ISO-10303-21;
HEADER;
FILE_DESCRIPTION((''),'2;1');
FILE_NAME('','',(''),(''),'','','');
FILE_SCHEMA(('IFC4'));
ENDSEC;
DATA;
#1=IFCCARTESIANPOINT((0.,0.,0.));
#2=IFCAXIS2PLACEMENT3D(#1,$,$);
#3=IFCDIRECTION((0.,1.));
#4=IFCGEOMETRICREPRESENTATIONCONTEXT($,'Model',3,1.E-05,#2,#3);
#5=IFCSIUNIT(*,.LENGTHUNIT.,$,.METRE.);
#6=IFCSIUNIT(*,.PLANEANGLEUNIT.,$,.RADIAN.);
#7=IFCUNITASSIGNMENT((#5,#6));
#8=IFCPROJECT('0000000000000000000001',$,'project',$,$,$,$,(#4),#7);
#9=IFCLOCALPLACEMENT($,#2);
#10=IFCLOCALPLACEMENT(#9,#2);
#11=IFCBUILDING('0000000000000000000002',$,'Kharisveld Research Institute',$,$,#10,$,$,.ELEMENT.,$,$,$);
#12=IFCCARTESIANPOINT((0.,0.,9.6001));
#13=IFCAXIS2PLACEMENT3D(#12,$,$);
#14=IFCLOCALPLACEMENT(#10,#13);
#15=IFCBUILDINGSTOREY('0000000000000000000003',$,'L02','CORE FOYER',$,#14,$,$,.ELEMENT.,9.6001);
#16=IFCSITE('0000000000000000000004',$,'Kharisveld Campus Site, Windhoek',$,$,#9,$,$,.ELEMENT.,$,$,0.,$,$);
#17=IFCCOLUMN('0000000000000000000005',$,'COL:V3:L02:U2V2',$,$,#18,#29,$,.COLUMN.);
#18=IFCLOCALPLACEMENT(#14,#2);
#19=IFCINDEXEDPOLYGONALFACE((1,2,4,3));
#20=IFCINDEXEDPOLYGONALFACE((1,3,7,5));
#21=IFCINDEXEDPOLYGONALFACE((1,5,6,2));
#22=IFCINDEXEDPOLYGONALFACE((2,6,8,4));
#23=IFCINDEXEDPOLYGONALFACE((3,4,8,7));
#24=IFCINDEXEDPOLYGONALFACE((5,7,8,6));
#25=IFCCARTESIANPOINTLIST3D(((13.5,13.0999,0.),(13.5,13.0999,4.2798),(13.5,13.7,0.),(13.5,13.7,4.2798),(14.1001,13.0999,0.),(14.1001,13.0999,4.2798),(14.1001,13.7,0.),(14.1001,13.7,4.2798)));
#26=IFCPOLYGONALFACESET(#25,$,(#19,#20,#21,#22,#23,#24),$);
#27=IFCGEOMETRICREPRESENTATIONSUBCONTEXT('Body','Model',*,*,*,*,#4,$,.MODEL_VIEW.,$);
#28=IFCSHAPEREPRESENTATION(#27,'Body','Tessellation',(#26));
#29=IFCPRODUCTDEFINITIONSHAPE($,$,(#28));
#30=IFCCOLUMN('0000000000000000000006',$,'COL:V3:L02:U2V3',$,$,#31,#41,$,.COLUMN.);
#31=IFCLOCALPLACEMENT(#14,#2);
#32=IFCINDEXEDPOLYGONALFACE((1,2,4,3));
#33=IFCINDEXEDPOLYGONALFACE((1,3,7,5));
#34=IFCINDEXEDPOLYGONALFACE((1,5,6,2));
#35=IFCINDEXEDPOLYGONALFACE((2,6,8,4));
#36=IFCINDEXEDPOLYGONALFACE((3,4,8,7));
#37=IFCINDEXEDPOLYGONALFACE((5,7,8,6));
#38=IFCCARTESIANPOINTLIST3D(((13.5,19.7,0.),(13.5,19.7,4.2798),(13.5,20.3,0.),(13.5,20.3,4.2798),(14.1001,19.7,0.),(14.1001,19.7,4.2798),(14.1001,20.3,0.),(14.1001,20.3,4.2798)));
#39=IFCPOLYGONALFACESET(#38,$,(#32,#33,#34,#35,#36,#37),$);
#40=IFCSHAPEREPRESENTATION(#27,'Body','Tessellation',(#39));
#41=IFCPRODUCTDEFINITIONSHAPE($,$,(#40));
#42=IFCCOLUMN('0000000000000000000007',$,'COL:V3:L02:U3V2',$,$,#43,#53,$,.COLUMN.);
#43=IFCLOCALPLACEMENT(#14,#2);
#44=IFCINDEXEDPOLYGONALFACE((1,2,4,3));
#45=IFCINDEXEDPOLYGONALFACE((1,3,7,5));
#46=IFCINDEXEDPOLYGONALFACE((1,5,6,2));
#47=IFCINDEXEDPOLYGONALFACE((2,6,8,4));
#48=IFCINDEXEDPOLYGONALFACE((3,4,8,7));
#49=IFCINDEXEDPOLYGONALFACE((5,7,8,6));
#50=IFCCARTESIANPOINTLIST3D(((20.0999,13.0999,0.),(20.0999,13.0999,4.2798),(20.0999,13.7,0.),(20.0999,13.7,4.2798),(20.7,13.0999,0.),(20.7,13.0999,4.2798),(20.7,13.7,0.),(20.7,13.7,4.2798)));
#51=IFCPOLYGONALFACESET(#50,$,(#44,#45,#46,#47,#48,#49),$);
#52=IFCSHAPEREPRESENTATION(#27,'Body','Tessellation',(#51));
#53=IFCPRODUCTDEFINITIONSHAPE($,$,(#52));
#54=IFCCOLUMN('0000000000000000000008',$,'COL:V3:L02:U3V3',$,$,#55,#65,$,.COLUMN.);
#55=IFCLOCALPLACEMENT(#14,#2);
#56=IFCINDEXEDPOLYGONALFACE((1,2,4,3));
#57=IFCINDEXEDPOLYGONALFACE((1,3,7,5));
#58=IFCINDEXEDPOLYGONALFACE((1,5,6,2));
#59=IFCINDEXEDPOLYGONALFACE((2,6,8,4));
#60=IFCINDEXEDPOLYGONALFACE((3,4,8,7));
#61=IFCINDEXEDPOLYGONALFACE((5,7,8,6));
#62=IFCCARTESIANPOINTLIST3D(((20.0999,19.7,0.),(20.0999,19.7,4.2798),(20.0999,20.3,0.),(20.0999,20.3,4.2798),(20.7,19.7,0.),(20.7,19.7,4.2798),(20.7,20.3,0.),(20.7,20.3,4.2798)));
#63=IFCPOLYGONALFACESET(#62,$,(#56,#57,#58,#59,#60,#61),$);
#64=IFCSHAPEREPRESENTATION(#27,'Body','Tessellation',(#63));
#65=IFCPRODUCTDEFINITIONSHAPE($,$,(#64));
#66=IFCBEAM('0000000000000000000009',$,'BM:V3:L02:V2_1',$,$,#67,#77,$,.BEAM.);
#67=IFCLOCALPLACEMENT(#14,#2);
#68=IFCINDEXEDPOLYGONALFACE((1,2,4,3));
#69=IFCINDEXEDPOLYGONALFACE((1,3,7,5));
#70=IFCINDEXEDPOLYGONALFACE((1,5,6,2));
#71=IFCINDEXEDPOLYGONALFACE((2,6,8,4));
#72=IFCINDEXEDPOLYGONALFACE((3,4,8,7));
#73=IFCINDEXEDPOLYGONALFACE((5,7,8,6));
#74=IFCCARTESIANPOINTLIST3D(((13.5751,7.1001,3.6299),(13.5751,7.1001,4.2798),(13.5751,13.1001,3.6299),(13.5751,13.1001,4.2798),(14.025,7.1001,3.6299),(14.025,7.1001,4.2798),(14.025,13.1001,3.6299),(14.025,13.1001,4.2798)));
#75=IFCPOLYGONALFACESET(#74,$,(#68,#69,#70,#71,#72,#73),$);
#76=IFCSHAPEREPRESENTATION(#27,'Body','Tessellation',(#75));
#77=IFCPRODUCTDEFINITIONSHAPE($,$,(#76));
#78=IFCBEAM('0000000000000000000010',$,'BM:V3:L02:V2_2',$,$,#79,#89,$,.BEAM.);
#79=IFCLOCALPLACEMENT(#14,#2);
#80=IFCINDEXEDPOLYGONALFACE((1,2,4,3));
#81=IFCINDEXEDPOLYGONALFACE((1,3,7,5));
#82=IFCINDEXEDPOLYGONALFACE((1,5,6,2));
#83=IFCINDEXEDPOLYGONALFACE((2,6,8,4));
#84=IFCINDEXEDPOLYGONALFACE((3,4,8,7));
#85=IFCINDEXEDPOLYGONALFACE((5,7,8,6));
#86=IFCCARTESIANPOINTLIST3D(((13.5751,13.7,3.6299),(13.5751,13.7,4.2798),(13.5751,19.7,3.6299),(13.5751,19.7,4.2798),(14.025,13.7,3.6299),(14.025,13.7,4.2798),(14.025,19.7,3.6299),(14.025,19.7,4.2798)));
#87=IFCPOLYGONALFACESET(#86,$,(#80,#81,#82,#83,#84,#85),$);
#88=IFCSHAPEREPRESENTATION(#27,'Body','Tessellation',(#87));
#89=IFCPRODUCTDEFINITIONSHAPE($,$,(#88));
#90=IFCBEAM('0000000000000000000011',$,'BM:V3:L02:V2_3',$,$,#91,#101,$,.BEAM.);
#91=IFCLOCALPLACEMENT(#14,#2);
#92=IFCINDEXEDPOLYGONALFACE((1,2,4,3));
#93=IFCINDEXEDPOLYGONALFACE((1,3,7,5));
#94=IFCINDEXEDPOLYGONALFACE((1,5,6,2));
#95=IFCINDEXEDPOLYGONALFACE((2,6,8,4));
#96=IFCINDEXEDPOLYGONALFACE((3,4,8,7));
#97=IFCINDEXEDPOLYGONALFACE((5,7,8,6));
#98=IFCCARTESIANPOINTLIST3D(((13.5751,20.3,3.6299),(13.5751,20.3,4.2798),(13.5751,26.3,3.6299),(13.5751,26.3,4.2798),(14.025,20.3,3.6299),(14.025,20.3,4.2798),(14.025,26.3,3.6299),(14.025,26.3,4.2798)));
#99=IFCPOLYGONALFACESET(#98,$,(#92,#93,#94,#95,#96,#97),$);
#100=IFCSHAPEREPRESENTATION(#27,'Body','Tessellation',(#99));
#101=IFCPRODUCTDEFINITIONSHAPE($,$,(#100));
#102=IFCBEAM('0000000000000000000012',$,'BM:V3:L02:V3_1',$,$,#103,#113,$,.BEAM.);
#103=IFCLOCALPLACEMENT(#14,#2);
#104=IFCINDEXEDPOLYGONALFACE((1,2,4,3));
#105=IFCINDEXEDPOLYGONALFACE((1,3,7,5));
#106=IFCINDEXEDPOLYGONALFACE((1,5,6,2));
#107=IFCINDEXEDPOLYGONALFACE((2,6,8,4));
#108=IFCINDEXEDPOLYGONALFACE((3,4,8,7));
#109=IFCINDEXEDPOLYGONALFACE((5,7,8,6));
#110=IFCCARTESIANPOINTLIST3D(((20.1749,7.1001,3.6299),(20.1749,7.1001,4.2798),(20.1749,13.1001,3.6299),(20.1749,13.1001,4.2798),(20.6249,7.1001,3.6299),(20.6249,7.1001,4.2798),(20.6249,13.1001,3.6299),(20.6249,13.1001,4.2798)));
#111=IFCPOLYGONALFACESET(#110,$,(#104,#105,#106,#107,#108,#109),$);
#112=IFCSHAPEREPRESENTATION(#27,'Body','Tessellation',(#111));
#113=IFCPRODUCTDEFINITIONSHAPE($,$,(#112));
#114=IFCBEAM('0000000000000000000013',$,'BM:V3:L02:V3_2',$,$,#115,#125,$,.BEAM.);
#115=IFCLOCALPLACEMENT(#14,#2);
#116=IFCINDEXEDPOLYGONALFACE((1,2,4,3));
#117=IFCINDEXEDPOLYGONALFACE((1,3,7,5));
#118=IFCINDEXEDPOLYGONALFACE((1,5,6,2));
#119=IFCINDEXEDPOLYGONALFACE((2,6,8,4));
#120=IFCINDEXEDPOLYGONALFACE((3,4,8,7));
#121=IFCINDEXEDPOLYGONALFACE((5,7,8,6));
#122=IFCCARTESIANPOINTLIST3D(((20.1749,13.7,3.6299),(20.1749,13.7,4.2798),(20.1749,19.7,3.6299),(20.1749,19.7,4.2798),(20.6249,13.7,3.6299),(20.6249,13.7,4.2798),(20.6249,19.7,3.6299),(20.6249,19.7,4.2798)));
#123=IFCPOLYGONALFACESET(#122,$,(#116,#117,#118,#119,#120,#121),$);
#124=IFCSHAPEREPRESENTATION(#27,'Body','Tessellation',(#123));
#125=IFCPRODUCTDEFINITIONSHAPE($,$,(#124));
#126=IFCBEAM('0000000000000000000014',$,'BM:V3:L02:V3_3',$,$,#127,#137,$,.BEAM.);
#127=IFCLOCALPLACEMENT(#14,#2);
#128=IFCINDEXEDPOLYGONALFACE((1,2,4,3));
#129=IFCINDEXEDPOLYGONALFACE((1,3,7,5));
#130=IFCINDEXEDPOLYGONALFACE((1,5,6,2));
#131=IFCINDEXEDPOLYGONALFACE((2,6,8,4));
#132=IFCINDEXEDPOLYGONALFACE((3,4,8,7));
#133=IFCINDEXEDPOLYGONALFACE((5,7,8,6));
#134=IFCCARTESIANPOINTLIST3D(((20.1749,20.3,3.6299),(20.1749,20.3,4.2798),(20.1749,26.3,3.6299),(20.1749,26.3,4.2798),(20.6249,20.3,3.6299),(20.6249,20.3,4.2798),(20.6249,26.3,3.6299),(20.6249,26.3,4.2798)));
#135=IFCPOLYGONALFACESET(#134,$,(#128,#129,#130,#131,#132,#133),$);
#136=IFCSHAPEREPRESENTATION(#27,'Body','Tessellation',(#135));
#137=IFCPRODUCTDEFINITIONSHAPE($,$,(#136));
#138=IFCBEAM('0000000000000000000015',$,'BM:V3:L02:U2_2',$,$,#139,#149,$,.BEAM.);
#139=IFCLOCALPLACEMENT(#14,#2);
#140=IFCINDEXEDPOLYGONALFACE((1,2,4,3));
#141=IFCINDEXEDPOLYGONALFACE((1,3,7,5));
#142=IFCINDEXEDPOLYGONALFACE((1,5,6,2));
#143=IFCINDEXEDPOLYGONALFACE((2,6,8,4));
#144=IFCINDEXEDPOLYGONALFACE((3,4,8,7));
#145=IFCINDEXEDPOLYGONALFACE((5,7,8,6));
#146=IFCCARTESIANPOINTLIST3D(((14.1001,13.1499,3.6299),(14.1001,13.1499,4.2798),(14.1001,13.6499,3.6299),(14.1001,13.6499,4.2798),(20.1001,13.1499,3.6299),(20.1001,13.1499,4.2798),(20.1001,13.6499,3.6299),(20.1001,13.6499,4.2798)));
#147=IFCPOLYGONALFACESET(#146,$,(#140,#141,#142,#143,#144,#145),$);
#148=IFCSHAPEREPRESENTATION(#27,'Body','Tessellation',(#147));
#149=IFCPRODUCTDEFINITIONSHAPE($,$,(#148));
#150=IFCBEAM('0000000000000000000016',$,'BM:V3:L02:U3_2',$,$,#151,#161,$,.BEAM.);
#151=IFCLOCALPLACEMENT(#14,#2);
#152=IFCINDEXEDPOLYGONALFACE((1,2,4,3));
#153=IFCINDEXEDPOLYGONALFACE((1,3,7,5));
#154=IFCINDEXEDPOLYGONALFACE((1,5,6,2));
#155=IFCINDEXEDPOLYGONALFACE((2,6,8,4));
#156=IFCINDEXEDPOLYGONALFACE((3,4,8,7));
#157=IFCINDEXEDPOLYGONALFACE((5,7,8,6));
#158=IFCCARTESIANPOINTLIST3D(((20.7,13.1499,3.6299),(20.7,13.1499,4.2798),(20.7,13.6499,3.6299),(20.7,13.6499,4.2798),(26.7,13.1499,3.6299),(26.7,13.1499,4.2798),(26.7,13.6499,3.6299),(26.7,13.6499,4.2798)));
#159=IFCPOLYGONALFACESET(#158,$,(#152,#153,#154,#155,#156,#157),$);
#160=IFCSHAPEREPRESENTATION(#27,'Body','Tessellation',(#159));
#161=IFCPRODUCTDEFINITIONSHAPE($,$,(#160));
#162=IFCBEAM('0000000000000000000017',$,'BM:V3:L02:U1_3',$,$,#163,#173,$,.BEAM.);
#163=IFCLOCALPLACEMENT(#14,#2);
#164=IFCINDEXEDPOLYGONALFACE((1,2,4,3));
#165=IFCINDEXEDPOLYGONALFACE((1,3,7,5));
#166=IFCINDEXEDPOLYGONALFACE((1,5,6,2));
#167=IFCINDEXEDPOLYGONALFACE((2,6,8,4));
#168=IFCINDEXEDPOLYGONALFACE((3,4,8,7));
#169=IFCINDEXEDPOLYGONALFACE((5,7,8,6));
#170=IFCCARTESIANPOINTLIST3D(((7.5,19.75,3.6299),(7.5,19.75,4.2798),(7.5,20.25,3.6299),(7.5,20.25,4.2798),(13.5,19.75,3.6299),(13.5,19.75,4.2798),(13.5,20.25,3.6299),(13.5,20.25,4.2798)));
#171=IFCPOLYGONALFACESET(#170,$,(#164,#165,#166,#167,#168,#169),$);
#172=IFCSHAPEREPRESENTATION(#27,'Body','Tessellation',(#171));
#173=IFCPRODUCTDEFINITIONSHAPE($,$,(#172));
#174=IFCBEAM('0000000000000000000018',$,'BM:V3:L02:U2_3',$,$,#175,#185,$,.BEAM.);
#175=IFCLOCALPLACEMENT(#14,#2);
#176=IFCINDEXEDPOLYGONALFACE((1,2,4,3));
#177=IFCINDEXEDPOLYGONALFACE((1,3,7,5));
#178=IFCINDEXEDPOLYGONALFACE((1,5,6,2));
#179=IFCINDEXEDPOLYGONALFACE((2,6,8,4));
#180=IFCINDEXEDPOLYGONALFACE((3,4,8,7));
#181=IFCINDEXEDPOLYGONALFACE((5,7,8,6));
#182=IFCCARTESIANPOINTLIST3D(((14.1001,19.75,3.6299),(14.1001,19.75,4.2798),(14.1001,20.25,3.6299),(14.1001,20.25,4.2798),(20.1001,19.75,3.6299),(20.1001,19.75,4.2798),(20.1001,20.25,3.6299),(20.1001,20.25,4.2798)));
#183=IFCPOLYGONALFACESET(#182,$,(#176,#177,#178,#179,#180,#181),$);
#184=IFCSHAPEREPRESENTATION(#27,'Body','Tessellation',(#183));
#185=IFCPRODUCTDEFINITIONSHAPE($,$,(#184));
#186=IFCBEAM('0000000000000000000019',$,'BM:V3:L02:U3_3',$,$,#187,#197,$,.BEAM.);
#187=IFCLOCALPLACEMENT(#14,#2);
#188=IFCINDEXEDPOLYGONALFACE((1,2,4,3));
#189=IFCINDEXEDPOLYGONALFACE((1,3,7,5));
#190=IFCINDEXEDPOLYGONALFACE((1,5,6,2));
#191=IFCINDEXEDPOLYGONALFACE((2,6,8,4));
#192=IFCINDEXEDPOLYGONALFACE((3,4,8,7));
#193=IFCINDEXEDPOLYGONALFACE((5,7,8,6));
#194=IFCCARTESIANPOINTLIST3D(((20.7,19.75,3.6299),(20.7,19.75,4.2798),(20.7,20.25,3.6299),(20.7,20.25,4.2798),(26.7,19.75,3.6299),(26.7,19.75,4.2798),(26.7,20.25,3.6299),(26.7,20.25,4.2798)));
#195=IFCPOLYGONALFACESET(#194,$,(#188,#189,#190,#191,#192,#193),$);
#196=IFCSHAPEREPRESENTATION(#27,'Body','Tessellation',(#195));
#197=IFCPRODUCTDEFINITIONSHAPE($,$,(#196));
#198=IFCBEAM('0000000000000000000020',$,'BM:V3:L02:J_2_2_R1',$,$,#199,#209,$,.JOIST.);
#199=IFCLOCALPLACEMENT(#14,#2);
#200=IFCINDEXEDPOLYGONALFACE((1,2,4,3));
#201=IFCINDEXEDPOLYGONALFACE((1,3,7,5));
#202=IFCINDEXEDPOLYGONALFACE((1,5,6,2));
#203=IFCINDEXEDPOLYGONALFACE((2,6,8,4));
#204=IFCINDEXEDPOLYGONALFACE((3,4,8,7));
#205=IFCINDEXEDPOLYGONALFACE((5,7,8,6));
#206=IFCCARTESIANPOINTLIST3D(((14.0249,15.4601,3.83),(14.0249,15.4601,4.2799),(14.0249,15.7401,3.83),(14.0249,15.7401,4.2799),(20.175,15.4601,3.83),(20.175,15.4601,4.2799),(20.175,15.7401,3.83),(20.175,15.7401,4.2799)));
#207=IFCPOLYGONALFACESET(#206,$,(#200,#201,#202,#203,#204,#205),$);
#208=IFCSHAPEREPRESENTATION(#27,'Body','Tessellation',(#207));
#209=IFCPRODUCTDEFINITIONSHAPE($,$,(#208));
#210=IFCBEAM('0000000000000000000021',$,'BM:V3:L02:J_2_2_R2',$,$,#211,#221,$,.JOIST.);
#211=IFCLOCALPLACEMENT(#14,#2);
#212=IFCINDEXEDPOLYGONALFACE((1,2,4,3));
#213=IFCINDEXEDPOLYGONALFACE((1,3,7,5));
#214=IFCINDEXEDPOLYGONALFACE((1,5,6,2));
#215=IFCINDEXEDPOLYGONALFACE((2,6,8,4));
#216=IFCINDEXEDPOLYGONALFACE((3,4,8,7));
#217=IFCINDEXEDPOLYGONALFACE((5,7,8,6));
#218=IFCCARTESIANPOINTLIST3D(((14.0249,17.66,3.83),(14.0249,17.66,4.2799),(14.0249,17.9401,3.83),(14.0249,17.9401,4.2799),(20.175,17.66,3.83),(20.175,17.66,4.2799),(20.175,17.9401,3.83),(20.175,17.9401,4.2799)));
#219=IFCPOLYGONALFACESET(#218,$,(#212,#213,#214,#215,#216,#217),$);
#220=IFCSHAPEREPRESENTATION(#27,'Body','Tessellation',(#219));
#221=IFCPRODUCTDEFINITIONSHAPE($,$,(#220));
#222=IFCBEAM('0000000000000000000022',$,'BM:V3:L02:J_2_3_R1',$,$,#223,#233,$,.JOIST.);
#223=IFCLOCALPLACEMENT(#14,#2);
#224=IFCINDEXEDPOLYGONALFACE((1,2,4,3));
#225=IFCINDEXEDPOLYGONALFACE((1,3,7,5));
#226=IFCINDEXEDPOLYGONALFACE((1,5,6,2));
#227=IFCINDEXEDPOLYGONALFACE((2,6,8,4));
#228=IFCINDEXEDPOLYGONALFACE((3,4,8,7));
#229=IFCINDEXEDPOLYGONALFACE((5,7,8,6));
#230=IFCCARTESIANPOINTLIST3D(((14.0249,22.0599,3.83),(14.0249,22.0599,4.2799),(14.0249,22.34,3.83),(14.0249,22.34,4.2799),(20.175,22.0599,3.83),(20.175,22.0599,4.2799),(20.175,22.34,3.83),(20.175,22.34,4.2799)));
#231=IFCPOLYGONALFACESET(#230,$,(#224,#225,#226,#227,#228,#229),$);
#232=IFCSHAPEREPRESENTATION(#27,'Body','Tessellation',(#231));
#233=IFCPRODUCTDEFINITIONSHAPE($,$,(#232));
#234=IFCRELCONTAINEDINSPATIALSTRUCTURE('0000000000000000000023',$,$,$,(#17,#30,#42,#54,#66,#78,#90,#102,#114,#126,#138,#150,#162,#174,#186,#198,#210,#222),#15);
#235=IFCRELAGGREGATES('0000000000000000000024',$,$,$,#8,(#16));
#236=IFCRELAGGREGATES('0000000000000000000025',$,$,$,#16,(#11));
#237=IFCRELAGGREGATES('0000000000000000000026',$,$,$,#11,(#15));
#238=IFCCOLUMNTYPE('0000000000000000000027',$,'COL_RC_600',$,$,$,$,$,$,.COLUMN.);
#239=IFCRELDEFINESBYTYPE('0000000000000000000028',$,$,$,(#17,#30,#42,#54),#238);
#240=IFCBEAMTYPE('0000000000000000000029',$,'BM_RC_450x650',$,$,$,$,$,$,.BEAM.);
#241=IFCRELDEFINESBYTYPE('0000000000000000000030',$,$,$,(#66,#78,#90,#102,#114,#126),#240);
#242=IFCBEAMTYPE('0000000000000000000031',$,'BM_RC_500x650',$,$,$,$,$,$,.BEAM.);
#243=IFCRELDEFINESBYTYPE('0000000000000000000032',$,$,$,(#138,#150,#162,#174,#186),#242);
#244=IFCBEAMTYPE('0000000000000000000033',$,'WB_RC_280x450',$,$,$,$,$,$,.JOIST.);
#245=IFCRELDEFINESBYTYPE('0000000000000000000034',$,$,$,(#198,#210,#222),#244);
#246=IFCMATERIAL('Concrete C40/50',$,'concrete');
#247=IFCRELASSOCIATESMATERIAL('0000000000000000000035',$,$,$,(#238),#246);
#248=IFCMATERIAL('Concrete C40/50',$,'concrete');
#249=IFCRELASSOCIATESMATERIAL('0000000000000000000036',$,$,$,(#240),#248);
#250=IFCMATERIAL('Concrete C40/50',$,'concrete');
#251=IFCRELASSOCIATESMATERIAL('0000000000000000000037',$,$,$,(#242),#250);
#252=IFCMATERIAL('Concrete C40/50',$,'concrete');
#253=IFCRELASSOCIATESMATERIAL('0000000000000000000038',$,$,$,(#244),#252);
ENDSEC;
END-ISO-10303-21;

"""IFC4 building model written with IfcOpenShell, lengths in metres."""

from ifc_helpers import new_model, si_unit, direction, frame, origin, origin_2d, place, context, subcontext, project, spatial, rectangle, extrude, material, material_profile, profile_set, type_object, element, save


model = new_model("IFC4")

# Units and contexts
model_context = context("Model", 3, precision=1e-05, world=origin(), true_north=direction((0.0, 1.0)))
body_context = subcontext(model_context, "Body", "Model", "MODEL_VIEW")
ifc_project = project(units=[si_unit("LENGTHUNIT", "METRE"), si_unit("PLANEANGLEUNIT", "RADIAN")], contexts=[model_context])

# Site, building, storey
site_placement = place(None, origin())
site = spatial("IfcSite", under=ifc_project, at=site_placement, Name="Kharisveld Campus Site, Windhoek", CompositionType="ELEMENT", RefElevation=0.0)
building_placement = place(site_placement, origin())
building = spatial("IfcBuilding", under=site, at=building_placement, Name="Kharisveld Research Institute", CompositionType="ELEMENT")
storey_placement = place(building_placement, frame((0.0, 0.0, 9.6001)))
storey = spatial("IfcBuildingStorey", under=building, at=storey_placement, Name="L02", Description="CORE FOYER", CompositionType="ELEMENT", Elevation=9.6001)

# Columns
ifc_material_1 = material(Name="Concrete C40/50", Category="concrete")
ifc_material_profile_1 = material_profile(ifc_material_1, rectangle(XDim=0.6001, YDim=0.6001, at=origin_2d()))
ifc_profile_set_1 = profile_set([ifc_material_profile_1], Name="Concrete C40/50")
column_type = type_object("IfcColumnType", Name="COL_RC_600", PredefinedType="COLUMN", material=ifc_profile_set_1)
for number, where, z_axis, x_axis, name in (
    (1, (13.8, 13.3999, 0.0), (0.0, 0.0, 1.0), (1.0, 0.0, 0.0), "COL:V3:L02:U2V2"),
    (2, (13.8, 20.0, 0.0), (0.0, 0.0, 1.0), (1.0, 0.0, 0.0), "COL:V3:L02:U2V3"),
    (3, (20.3999, 13.3999, 0.0), (0.0, 0.0, 1.0), (1.0, 0.0, 0.0), "COL:V3:L02:U3V2"),
    (4, (20.3999, 20.0, 0.0), (0.0, 0.0, 1.0), (1.0, 0.0, 0.0), "COL:V3:L02:U3V3"),
):
    element("IfcColumn", number, at=place(storey_placement, frame(where, z_axis=z_axis, x_axis=x_axis)), inside=storey, type_object=column_type, Name=name, PredefinedType="COLUMN", context=body_context, shape_type="SweptSolid", body=[
        extrude(rectangle(XDim=0.6001, YDim=0.6001, at=origin_2d()), origin(), (0.0, 0.0, 1.0), 4.2798),
    ])

# Beams
ifc_material_2 = material(Name="Concrete C40/50", Category="concrete")
ifc_material_profile_2 = material_profile(ifc_material_2, rectangle(XDim=0.45, YDim=0.6499, at=origin_2d()))
ifc_profile_set_2 = profile_set([ifc_material_profile_2], Name="Concrete C40/50")
beam_type_1 = type_object("IfcBeamType", Name="BM_RC_450x650", PredefinedType="BEAM", material=ifc_profile_set_2)
for number, where, z_axis, x_axis, name in (
    (5, (13.8, 7.1001, 3.9548), (0.0, 1.0, 0.0), (-1.0, 0.0, 0.0), "BM:V3:L02:V2_1"),
    (6, (13.8, 13.7, 3.9548), (0.0, 1.0, 0.0), (-1.0, 0.0, 0.0), "BM:V3:L02:V2_2"),
    (7, (13.8, 20.3, 3.9548), (0.0, 1.0, 0.0), (-1.0, 0.0, 0.0), "BM:V3:L02:V2_3"),
    (8, (20.3999, 7.1001, 3.9548), (0.0, 1.0, 0.0), (-1.0, 0.0, 0.0), "BM:V3:L02:V3_1"),
    (9, (20.3999, 13.7, 3.9548), (0.0, 1.0, 0.0), (-1.0, 0.0, 0.0), "BM:V3:L02:V3_2"),
    (10, (20.3999, 20.3, 3.9548), (0.0, 1.0, 0.0), (-1.0, 0.0, 0.0), "BM:V3:L02:V3_3"),
):
    element("IfcBeam", number, at=place(storey_placement, frame(where, z_axis=z_axis, x_axis=x_axis)), inside=storey, type_object=beam_type_1, Name=name, PredefinedType="BEAM", context=body_context, shape_type="SweptSolid", body=[
        extrude(rectangle(XDim=0.45, YDim=0.6499, at=origin_2d()), origin(), (0.0, 0.0, 1.0), 6.0),
    ])
ifc_material_3 = material(Name="Concrete C40/50", Category="concrete")
ifc_material_profile_3 = material_profile(ifc_material_3, rectangle(XDim=0.5, YDim=0.6499, at=origin_2d()))
ifc_profile_set_3 = profile_set([ifc_material_profile_3], Name="Concrete C40/50")
beam_type_2 = type_object("IfcBeamType", Name="BM_RC_500x650", PredefinedType="BEAM", material=ifc_profile_set_3)
for number, where, z_axis, x_axis, name in (
    (11, (14.1001, 13.3999, 3.9548), (1.0, 0.0, 0.0), (0.0, 1.0, 0.0), "BM:V3:L02:U2_2"),
    (12, (20.7, 13.3999, 3.9548), (1.0, 0.0, 0.0), (0.0, 1.0, 0.0), "BM:V3:L02:U3_2"),
    (13, (7.5, 20.0, 3.9548), (1.0, 0.0, 0.0), (0.0, 1.0, 0.0), "BM:V3:L02:U1_3"),
    (14, (14.1001, 20.0, 3.9548), (1.0, 0.0, 0.0), (0.0, 1.0, 0.0), "BM:V3:L02:U2_3"),
    (15, (20.7, 20.0, 3.9548), (1.0, 0.0, 0.0), (0.0, 1.0, 0.0), "BM:V3:L02:U3_3"),
):
    element("IfcBeam", number, at=place(storey_placement, frame(where, z_axis=z_axis, x_axis=x_axis)), inside=storey, type_object=beam_type_2, Name=name, PredefinedType="BEAM", context=body_context, shape_type="SweptSolid", body=[
        extrude(rectangle(XDim=0.5, YDim=0.6499, at=origin_2d()), origin(), (0.0, 0.0, 1.0), 6.0),
    ])
ifc_material_4 = material(Name="Concrete C40/50", Category="concrete")
ifc_material_profile_4 = material_profile(ifc_material_4, rectangle(XDim=0.28, YDim=0.45, at=origin_2d()))
ifc_profile_set_4 = profile_set([ifc_material_profile_4], Name="Concrete C40/50")
beam_type_3 = type_object("IfcBeamType", Name="WB_RC_280x450", PredefinedType="JOIST", material=ifc_profile_set_4)
for number, where, z_axis, x_axis, name in (
    (16, (14.0249, 15.6001, 4.0549), (1.0, 0.0, 0.0), (0.0, 1.0, 0.0), "BM:V3:L02:J_2_2_R1"),
    (17, (14.0249, 17.8, 4.0549), (1.0, 0.0, 0.0), (0.0, 1.0, 0.0), "BM:V3:L02:J_2_2_R2"),
    (18, (14.0249, 22.2, 4.0549), (1.0, 0.0, 0.0), (0.0, 1.0, 0.0), "BM:V3:L02:J_2_3_R1"),
):
    element("IfcBeam", number, at=place(storey_placement, frame(where, z_axis=z_axis, x_axis=x_axis)), inside=storey, type_object=beam_type_3, Name=name, PredefinedType="JOIST", context=body_context, shape_type="SweptSolid", body=[
        extrude(rectangle(XDim=0.28, YDim=0.45, at=origin_2d()), origin(), (0.0, 0.0, 1.0), 6.1501),
    ])

save(model, "model.ifc")
